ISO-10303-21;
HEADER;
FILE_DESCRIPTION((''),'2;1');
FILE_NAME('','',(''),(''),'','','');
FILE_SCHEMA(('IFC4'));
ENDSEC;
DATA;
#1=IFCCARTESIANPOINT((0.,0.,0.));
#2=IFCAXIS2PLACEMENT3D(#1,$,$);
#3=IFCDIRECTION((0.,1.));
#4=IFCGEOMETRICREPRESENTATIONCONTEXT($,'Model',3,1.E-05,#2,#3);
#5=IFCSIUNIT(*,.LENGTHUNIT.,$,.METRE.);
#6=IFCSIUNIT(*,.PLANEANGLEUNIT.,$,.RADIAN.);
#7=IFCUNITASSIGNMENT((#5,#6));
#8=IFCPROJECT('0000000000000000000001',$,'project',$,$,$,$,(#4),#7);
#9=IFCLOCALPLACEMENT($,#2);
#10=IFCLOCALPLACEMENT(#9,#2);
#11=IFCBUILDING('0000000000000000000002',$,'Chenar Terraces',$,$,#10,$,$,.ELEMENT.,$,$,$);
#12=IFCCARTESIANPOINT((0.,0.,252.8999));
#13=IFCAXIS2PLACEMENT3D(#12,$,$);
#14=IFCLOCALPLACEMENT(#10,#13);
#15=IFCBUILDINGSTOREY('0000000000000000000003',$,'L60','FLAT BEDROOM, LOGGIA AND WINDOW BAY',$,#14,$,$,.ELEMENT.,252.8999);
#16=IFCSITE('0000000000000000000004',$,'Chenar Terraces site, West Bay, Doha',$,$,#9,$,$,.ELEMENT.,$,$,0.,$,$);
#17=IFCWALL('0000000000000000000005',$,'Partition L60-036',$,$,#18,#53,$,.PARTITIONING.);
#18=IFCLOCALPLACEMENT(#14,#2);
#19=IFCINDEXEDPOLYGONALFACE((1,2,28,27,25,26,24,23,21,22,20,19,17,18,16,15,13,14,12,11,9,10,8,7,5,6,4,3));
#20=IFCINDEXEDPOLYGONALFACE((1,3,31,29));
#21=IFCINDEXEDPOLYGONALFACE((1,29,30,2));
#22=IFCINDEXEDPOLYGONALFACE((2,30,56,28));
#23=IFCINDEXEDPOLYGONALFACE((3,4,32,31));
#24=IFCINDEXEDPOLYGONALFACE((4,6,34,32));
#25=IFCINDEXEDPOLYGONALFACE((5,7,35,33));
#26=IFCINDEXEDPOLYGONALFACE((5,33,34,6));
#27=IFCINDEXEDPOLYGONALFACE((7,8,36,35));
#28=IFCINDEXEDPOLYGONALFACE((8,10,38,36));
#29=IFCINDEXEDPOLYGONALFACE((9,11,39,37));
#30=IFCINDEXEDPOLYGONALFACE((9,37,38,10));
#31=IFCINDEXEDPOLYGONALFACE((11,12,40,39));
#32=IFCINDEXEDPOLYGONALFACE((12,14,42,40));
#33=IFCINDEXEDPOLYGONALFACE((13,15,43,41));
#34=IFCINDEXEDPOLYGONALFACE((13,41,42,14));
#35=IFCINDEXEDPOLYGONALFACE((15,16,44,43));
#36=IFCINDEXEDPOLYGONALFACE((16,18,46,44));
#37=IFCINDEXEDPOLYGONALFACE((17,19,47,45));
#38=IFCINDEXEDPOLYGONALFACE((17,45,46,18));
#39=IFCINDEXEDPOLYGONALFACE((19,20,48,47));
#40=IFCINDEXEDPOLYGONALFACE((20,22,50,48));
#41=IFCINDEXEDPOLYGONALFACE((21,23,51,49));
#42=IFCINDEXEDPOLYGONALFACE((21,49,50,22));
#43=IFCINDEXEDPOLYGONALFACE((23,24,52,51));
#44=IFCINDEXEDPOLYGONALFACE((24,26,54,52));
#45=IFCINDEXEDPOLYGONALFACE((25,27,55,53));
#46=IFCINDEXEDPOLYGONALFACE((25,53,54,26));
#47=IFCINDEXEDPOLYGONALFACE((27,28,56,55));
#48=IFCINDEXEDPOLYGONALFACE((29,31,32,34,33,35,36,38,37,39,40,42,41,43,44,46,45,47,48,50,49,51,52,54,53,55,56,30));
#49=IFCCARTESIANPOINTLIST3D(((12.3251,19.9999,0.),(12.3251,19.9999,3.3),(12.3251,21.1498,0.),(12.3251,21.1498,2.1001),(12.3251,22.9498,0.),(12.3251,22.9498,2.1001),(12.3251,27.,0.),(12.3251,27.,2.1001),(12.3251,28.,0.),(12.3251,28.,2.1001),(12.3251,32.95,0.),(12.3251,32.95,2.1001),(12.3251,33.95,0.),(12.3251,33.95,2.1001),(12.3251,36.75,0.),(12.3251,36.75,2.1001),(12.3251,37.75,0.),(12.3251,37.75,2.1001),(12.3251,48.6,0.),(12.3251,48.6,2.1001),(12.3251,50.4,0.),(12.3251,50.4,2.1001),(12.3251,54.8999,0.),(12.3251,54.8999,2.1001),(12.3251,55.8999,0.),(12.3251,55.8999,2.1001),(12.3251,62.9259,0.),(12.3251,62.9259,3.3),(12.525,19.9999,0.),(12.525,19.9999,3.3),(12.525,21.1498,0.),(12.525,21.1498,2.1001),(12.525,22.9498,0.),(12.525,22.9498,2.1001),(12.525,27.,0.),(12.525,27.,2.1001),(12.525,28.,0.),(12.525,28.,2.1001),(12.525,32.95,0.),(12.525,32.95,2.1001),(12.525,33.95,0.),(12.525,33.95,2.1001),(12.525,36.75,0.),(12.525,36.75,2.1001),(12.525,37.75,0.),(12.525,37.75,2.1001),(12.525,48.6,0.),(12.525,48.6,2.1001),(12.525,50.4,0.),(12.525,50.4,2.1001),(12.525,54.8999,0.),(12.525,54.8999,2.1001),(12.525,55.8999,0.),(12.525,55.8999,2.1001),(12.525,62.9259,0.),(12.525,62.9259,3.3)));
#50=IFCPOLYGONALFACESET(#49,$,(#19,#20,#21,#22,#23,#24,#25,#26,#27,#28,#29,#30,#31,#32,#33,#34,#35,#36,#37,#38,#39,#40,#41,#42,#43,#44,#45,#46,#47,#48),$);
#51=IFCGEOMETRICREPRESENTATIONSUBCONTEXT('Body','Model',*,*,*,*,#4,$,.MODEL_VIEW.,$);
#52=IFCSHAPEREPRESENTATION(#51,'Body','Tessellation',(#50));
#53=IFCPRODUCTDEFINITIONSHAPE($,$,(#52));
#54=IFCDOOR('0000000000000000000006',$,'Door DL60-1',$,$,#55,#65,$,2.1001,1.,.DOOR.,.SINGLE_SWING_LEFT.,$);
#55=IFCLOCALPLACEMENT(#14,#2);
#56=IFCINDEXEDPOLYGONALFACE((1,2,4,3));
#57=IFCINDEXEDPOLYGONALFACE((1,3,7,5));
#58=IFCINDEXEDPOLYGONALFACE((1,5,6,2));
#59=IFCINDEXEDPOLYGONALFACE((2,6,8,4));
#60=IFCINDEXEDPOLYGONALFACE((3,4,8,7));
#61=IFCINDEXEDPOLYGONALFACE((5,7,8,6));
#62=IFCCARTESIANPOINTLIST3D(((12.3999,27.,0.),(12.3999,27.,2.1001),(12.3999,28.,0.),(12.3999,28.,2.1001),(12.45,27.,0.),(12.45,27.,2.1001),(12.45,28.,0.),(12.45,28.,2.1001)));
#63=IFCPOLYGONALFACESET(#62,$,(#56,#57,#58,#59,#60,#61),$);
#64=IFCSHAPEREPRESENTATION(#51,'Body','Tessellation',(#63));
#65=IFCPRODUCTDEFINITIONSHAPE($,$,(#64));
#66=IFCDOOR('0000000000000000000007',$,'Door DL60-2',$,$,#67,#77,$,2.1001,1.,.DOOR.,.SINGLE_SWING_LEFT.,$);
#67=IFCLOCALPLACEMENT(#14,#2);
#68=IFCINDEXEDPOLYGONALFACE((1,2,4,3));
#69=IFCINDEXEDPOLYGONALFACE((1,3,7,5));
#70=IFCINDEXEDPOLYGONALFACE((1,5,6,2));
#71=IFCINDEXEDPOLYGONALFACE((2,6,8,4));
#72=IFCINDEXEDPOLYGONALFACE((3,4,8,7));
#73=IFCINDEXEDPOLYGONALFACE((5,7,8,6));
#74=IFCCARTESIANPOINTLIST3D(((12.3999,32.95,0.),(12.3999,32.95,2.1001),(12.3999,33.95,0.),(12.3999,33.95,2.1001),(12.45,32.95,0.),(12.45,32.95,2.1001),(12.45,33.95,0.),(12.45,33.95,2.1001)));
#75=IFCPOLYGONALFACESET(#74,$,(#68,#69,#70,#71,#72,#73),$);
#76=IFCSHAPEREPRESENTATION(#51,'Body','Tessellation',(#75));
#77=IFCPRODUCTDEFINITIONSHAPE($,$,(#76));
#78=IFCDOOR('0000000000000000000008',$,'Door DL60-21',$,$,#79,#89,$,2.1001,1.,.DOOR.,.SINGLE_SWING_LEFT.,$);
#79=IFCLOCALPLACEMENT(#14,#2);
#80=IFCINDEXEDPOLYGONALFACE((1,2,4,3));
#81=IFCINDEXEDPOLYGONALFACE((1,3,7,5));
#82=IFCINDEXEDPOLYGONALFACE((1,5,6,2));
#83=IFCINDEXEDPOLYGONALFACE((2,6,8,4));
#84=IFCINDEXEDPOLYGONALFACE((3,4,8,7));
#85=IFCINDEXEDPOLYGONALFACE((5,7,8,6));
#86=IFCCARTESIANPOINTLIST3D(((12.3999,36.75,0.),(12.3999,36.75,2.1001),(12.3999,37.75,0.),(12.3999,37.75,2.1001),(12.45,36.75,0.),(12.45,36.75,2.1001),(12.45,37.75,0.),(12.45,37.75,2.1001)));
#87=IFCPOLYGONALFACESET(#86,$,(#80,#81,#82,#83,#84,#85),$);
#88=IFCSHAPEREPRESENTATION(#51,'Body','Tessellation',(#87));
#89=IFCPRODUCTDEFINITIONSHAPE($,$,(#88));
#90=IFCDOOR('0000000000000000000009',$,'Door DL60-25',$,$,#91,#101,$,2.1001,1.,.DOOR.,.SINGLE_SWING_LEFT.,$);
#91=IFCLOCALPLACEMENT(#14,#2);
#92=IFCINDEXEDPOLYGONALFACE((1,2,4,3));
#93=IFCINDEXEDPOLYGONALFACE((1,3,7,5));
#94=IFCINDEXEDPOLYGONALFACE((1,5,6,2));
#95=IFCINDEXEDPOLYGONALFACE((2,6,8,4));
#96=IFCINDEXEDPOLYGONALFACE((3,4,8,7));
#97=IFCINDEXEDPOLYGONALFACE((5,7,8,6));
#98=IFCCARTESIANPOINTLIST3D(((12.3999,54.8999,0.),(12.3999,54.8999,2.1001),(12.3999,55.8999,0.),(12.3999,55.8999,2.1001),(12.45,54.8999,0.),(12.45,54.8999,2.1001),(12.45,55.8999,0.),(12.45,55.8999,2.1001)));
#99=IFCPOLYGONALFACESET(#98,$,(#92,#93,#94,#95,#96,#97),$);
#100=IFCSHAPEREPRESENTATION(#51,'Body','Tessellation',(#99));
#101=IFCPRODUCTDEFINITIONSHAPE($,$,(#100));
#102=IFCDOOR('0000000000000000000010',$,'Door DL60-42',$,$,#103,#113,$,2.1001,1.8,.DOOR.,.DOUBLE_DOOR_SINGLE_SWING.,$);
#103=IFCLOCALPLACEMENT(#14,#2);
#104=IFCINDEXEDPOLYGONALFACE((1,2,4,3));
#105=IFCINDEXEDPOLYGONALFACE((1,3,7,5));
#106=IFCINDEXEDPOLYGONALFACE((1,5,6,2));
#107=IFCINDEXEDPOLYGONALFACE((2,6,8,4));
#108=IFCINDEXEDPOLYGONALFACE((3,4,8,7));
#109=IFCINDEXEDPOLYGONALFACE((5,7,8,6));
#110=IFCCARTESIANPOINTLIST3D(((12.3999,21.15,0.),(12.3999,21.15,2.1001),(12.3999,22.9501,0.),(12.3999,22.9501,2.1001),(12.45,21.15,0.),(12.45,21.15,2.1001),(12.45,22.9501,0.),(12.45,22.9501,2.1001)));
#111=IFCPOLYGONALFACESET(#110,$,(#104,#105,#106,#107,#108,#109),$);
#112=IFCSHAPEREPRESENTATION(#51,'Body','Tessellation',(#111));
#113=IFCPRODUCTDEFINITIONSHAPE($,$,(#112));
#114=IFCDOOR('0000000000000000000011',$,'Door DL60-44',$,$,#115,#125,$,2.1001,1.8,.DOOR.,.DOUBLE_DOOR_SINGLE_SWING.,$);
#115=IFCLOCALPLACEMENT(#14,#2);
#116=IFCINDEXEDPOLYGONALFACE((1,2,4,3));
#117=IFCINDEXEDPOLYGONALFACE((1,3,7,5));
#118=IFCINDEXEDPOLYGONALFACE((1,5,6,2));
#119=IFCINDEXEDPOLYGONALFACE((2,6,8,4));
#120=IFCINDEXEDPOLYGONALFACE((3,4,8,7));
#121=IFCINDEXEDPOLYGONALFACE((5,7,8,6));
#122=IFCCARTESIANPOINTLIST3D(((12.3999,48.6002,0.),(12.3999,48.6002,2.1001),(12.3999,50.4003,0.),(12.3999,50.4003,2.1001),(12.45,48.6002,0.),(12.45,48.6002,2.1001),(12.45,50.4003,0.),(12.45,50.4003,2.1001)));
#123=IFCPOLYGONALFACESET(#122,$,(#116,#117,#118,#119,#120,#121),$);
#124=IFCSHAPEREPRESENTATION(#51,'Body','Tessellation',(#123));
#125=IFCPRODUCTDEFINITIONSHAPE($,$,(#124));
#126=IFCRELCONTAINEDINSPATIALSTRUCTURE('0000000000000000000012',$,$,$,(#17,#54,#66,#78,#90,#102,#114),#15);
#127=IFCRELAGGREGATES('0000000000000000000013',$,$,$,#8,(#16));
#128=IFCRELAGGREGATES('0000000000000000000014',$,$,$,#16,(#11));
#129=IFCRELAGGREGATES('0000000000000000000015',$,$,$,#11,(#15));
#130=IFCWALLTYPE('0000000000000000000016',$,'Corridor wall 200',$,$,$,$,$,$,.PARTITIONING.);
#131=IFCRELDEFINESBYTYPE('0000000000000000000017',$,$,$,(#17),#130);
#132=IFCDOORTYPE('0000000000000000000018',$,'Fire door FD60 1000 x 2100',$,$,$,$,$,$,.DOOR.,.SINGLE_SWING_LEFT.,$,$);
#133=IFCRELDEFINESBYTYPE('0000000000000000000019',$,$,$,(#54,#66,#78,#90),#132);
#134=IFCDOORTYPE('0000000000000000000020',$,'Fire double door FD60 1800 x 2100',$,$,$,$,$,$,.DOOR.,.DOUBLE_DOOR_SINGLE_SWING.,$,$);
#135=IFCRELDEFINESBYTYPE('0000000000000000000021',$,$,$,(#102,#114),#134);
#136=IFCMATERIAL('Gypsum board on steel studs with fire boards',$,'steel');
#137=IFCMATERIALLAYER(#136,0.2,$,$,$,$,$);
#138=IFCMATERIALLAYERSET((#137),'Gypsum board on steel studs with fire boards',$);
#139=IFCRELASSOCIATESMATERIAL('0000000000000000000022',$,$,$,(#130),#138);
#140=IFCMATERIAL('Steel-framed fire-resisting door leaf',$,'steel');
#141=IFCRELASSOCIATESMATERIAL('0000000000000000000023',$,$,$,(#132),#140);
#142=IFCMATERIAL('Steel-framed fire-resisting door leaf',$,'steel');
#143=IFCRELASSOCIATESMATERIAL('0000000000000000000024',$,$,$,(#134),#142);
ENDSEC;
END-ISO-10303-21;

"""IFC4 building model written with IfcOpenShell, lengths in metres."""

from ifc_helpers import new_model, si_unit, direction, frame, frame_2d, origin, place, context, subcontext, project, spatial, rectangle, extrude, material, layer, layer_set, type_object, element, fill, save


model = new_model("IFC4")

# Units and contexts
model_context = context("Model", 3, precision=1e-05, world=origin(), true_north=direction((0.0, 1.0)))
body_context = subcontext(model_context, "Body", "Model", "MODEL_VIEW")
ifc_project = project(units=[si_unit("LENGTHUNIT", "METRE"), si_unit("PLANEANGLEUNIT", "RADIAN")], contexts=[model_context])

# Site, building, storey
site_placement = place(None, origin())
site = spatial("IfcSite", under=ifc_project, at=site_placement, Name="Chenar Terraces site, West Bay, Doha", CompositionType="ELEMENT", RefElevation=0.0)
building_placement = place(site_placement, origin())
building = spatial("IfcBuilding", under=site, at=building_placement, Name="Chenar Terraces", CompositionType="ELEMENT")
storey_placement = place(building_placement, frame((0.0, 0.0, 252.8999)))
storey = spatial("IfcBuildingStorey", under=building, at=storey_placement, Name="L60", Description="FLAT BEDROOM, LOGGIA AND WINDOW BAY", CompositionType="ELEMENT", Elevation=252.8999)

# Wall, openings, doors
ifc_material_1 = material(Name="Gypsum board on steel studs with fire boards", Category="steel")
ifc_layer_1 = layer(ifc_material_1, 0.2)
ifc_layer_set_1 = layer_set([ifc_layer_1], Name="Gypsum board on steel studs with fire boards")
wall_type_1 = type_object("IfcWallType", Name="Corridor wall 200", PredefinedType="PARTITIONING", material=ifc_layer_set_1)
wall_1_placement = place(storey_placement, frame((12.425, 20.0, 0.0), z_axis=(0.0, 0.0, 1.0), x_axis=(0.0, 1.0, 0.0)))
wall_1 = element("IfcWall", 1, at=wall_1_placement, inside=storey, type_object=wall_type_1, Name="Partition L60-036", PredefinedType="PARTITIONING", context=body_context, shape_type="SweptSolid", body=[
    extrude(rectangle(XDim=42.926, YDim=0.2, at=frame_2d((21.4629, 0.0))), origin(), (0.0, 0.0, 1.0), 3.3),
])
opening_1_placement = place(wall_1_placement, frame((7.0, 0.0, 0.0)))
opening_1 = element("IfcOpeningElement", 2, at=opening_1_placement, cuts=wall_1, PredefinedType="OPENING", context=body_context, shape_type="SweptSolid", body=[
    extrude(rectangle(XDim=1.0, YDim=2.1001, at=frame_2d((0.5, 1.05))), frame((0.0, 0.1099, 0.0), z_axis=(0.0, -1.0, 0.0), x_axis=(1.0, 0.0, 0.0)), (0.0, 0.0, 1.0), 0.22),
])
opening_2_placement = place(wall_1_placement, frame((12.95, 0.0, 0.0)))
opening_2 = element("IfcOpeningElement", 3, at=opening_2_placement, cuts=wall_1, PredefinedType="OPENING", context=body_context, shape_type="SweptSolid", body=[
    extrude(rectangle(XDim=1.0, YDim=2.1001, at=frame_2d((0.5, 1.05))), frame((0.0, 0.1099, 0.0), z_axis=(0.0, -1.0, 0.0), x_axis=(1.0, 0.0, 0.0)), (0.0, 0.0, 1.0), 0.22),
])
opening_3_placement = place(wall_1_placement, frame((16.75, 0.0, 0.0)))
opening_3 = element("IfcOpeningElement", 4, at=opening_3_placement, cuts=wall_1, PredefinedType="OPENING", context=body_context, shape_type="SweptSolid", body=[
    extrude(rectangle(XDim=1.0, YDim=2.1001, at=frame_2d((0.5, 1.05))), frame((0.0, 0.1099, 0.0), z_axis=(0.0, -1.0, 0.0), x_axis=(1.0, 0.0, 0.0)), (0.0, 0.0, 1.0), 0.22),
])
opening_4_placement = place(wall_1_placement, frame((34.8999, 0.0, 0.0)))
opening_4 = element("IfcOpeningElement", 5, at=opening_4_placement, cuts=wall_1, PredefinedType="OPENING", context=body_context, shape_type="SweptSolid", body=[
    extrude(rectangle(XDim=1.0, YDim=2.1001, at=frame_2d((0.5, 1.05))), frame((0.0, 0.1099, 0.0), z_axis=(0.0, -1.0, 0.0), x_axis=(1.0, 0.0, 0.0)), (0.0, 0.0, 1.0), 0.22),
])
opening_5_placement = place(wall_1_placement, frame((1.1499, 0.0, 0.0)))
opening_5 = element("IfcOpeningElement", 6, at=opening_5_placement, cuts=wall_1, PredefinedType="OPENING", context=body_context, shape_type="SweptSolid", body=[
    extrude(rectangle(XDim=1.8, YDim=2.1001, at=frame_2d((0.8999, 1.05))), frame((0.0, 0.1099, 0.0), z_axis=(0.0, -1.0, 0.0), x_axis=(1.0, 0.0, 0.0)), (0.0, 0.0, 1.0), 0.22),
])
opening_6_placement = place(wall_1_placement, frame((28.6001, 0.0, 0.0)))
opening_6 = element("IfcOpeningElement", 7, at=opening_6_placement, cuts=wall_1, PredefinedType="OPENING", context=body_context, shape_type="SweptSolid", body=[
    extrude(rectangle(XDim=1.8, YDim=2.1001, at=frame_2d((0.8999, 1.05))), frame((0.0, 0.1099, 0.0), z_axis=(0.0, -1.0, 0.0), x_axis=(1.0, 0.0, 0.0)), (0.0, 0.0, 1.0), 0.22),
])
ifc_material_2 = material(Name="Steel-framed fire-resisting door leaf", Category="steel")
door_type_1 = type_object("IfcDoorType", Name="Fire door FD60 1000 x 2100", OperationType="SINGLE_SWING_LEFT", PredefinedType="DOOR", material=ifc_material_2)
door_1_placement = place(opening_1_placement, frame((1.0, 0.0, 0.0), z_axis=(0.0, 0.0, 1.0), x_axis=(-1.0, 0.0, 0.0)))
door_1 = element("IfcDoor", 8, at=door_1_placement, inside=storey, type_object=door_type_1, Name="Door DL60-1", OperationType="SINGLE_SWING_LEFT", OverallHeight=2.1001, OverallWidth=1.0, PredefinedType="DOOR", context=body_context, shape_type="SweptSolid", body=[
    extrude(rectangle(XDim=1.0, YDim=2.1001, at=frame_2d((0.5, 1.05))), frame((0.0, 0.0249, 0.0), z_axis=(0.0, -1.0, 0.0), x_axis=(1.0, 0.0, 0.0)), (0.0, 0.0, 1.0), 0.05),
])
fill(opening_1, door_1)
door_2_placement = place(opening_2_placement, frame((1.0, 0.0, 0.0), z_axis=(0.0, 0.0, 1.0), x_axis=(-1.0, 0.0, 0.0)))
door_2 = element("IfcDoor", 9, at=door_2_placement, inside=storey, type_object=door_type_1, Name="Door DL60-2", OperationType="SINGLE_SWING_LEFT", OverallHeight=2.1001, OverallWidth=1.0, PredefinedType="DOOR", context=body_context, shape_type="SweptSolid", body=[
    extrude(rectangle(XDim=1.0, YDim=2.1001, at=frame_2d((0.5, 1.05))), frame((0.0, 0.0249, 0.0), z_axis=(0.0, -1.0, 0.0), x_axis=(1.0, 0.0, 0.0)), (0.0, 0.0, 1.0), 0.05),
])
fill(opening_2, door_2)
door_3_placement = place(opening_3_placement, frame((1.0, 0.0, 0.0), z_axis=(0.0, 0.0, 1.0), x_axis=(-1.0, 0.0, 0.0)))
door_3 = element("IfcDoor", 10, at=door_3_placement, inside=storey, type_object=door_type_1, Name="Door DL60-21", OperationType="SINGLE_SWING_LEFT", OverallHeight=2.1001, OverallWidth=1.0, PredefinedType="DOOR", context=body_context, shape_type="SweptSolid", body=[
    extrude(rectangle(XDim=1.0, YDim=2.1001, at=frame_2d((0.5, 1.05))), frame((0.0, 0.0249, 0.0), z_axis=(0.0, -1.0, 0.0), x_axis=(1.0, 0.0, 0.0)), (0.0, 0.0, 1.0), 0.05),
])
fill(opening_3, door_3)
door_4_placement = place(opening_4_placement, frame((1.0, 0.0, 0.0), z_axis=(0.0, 0.0, 1.0), x_axis=(-1.0, 0.0, 0.0)))
door_4 = element("IfcDoor", 11, at=door_4_placement, inside=storey, type_object=door_type_1, Name="Door DL60-25", OperationType="SINGLE_SWING_LEFT", OverallHeight=2.1001, OverallWidth=1.0, PredefinedType="DOOR", context=body_context, shape_type="SweptSolid", body=[
    extrude(rectangle(XDim=1.0, YDim=2.1001, at=frame_2d((0.5, 1.05))), frame((0.0, 0.0249, 0.0), z_axis=(0.0, -1.0, 0.0), x_axis=(1.0, 0.0, 0.0)), (0.0, 0.0, 1.0), 0.05),
])
fill(opening_4, door_4)
ifc_material_3 = material(Name="Steel-framed fire-resisting door leaf", Category="steel")
door_type_2 = type_object("IfcDoorType", Name="Fire double door FD60 1800 x 2100", OperationType="DOUBLE_DOOR_SINGLE_SWING", PredefinedType="DOOR", material=ifc_material_3)
door_5_placement = place(opening_5_placement, frame((1.8, 0.0, 0.0), z_axis=(0.0, 0.0, 1.0), x_axis=(-1.0, 0.0, 0.0)))
door_5 = element("IfcDoor", 12, at=door_5_placement, inside=storey, type_object=door_type_2, Name="Door DL60-42", OperationType="DOUBLE_DOOR_SINGLE_SWING", OverallHeight=2.1001, OverallWidth=1.8, PredefinedType="DOOR", context=body_context, shape_type="SweptSolid", body=[
    extrude(rectangle(XDim=1.8, YDim=2.1001, at=frame_2d((0.8999, 1.05))), frame((0.0, 0.0249, 0.0), z_axis=(0.0, -1.0, 0.0), x_axis=(1.0, 0.0, 0.0)), (0.0, 0.0, 1.0), 0.05),
])
fill(opening_5, door_5)
door_6_placement = place(opening_6_placement, frame((1.8, 0.0, 0.0), z_axis=(0.0, 0.0, 1.0), x_axis=(-1.0, 0.0, 0.0)))
door_6 = element("IfcDoor", 13, at=door_6_placement, inside=storey, type_object=door_type_2, Name="Door DL60-44", OperationType="DOUBLE_DOOR_SINGLE_SWING", OverallHeight=2.1001, OverallWidth=1.8, PredefinedType="DOOR", context=body_context, shape_type="SweptSolid", body=[
    extrude(rectangle(XDim=1.8, YDim=2.1001, at=frame_2d((0.8999, 1.05))), frame((0.0, 0.0249, 0.0), z_axis=(0.0, -1.0, 0.0), x_axis=(1.0, 0.0, 0.0)), (0.0, 0.0, 1.0), 0.05),
])
fill(opening_6, door_6)

save(model, "model.ifc")
